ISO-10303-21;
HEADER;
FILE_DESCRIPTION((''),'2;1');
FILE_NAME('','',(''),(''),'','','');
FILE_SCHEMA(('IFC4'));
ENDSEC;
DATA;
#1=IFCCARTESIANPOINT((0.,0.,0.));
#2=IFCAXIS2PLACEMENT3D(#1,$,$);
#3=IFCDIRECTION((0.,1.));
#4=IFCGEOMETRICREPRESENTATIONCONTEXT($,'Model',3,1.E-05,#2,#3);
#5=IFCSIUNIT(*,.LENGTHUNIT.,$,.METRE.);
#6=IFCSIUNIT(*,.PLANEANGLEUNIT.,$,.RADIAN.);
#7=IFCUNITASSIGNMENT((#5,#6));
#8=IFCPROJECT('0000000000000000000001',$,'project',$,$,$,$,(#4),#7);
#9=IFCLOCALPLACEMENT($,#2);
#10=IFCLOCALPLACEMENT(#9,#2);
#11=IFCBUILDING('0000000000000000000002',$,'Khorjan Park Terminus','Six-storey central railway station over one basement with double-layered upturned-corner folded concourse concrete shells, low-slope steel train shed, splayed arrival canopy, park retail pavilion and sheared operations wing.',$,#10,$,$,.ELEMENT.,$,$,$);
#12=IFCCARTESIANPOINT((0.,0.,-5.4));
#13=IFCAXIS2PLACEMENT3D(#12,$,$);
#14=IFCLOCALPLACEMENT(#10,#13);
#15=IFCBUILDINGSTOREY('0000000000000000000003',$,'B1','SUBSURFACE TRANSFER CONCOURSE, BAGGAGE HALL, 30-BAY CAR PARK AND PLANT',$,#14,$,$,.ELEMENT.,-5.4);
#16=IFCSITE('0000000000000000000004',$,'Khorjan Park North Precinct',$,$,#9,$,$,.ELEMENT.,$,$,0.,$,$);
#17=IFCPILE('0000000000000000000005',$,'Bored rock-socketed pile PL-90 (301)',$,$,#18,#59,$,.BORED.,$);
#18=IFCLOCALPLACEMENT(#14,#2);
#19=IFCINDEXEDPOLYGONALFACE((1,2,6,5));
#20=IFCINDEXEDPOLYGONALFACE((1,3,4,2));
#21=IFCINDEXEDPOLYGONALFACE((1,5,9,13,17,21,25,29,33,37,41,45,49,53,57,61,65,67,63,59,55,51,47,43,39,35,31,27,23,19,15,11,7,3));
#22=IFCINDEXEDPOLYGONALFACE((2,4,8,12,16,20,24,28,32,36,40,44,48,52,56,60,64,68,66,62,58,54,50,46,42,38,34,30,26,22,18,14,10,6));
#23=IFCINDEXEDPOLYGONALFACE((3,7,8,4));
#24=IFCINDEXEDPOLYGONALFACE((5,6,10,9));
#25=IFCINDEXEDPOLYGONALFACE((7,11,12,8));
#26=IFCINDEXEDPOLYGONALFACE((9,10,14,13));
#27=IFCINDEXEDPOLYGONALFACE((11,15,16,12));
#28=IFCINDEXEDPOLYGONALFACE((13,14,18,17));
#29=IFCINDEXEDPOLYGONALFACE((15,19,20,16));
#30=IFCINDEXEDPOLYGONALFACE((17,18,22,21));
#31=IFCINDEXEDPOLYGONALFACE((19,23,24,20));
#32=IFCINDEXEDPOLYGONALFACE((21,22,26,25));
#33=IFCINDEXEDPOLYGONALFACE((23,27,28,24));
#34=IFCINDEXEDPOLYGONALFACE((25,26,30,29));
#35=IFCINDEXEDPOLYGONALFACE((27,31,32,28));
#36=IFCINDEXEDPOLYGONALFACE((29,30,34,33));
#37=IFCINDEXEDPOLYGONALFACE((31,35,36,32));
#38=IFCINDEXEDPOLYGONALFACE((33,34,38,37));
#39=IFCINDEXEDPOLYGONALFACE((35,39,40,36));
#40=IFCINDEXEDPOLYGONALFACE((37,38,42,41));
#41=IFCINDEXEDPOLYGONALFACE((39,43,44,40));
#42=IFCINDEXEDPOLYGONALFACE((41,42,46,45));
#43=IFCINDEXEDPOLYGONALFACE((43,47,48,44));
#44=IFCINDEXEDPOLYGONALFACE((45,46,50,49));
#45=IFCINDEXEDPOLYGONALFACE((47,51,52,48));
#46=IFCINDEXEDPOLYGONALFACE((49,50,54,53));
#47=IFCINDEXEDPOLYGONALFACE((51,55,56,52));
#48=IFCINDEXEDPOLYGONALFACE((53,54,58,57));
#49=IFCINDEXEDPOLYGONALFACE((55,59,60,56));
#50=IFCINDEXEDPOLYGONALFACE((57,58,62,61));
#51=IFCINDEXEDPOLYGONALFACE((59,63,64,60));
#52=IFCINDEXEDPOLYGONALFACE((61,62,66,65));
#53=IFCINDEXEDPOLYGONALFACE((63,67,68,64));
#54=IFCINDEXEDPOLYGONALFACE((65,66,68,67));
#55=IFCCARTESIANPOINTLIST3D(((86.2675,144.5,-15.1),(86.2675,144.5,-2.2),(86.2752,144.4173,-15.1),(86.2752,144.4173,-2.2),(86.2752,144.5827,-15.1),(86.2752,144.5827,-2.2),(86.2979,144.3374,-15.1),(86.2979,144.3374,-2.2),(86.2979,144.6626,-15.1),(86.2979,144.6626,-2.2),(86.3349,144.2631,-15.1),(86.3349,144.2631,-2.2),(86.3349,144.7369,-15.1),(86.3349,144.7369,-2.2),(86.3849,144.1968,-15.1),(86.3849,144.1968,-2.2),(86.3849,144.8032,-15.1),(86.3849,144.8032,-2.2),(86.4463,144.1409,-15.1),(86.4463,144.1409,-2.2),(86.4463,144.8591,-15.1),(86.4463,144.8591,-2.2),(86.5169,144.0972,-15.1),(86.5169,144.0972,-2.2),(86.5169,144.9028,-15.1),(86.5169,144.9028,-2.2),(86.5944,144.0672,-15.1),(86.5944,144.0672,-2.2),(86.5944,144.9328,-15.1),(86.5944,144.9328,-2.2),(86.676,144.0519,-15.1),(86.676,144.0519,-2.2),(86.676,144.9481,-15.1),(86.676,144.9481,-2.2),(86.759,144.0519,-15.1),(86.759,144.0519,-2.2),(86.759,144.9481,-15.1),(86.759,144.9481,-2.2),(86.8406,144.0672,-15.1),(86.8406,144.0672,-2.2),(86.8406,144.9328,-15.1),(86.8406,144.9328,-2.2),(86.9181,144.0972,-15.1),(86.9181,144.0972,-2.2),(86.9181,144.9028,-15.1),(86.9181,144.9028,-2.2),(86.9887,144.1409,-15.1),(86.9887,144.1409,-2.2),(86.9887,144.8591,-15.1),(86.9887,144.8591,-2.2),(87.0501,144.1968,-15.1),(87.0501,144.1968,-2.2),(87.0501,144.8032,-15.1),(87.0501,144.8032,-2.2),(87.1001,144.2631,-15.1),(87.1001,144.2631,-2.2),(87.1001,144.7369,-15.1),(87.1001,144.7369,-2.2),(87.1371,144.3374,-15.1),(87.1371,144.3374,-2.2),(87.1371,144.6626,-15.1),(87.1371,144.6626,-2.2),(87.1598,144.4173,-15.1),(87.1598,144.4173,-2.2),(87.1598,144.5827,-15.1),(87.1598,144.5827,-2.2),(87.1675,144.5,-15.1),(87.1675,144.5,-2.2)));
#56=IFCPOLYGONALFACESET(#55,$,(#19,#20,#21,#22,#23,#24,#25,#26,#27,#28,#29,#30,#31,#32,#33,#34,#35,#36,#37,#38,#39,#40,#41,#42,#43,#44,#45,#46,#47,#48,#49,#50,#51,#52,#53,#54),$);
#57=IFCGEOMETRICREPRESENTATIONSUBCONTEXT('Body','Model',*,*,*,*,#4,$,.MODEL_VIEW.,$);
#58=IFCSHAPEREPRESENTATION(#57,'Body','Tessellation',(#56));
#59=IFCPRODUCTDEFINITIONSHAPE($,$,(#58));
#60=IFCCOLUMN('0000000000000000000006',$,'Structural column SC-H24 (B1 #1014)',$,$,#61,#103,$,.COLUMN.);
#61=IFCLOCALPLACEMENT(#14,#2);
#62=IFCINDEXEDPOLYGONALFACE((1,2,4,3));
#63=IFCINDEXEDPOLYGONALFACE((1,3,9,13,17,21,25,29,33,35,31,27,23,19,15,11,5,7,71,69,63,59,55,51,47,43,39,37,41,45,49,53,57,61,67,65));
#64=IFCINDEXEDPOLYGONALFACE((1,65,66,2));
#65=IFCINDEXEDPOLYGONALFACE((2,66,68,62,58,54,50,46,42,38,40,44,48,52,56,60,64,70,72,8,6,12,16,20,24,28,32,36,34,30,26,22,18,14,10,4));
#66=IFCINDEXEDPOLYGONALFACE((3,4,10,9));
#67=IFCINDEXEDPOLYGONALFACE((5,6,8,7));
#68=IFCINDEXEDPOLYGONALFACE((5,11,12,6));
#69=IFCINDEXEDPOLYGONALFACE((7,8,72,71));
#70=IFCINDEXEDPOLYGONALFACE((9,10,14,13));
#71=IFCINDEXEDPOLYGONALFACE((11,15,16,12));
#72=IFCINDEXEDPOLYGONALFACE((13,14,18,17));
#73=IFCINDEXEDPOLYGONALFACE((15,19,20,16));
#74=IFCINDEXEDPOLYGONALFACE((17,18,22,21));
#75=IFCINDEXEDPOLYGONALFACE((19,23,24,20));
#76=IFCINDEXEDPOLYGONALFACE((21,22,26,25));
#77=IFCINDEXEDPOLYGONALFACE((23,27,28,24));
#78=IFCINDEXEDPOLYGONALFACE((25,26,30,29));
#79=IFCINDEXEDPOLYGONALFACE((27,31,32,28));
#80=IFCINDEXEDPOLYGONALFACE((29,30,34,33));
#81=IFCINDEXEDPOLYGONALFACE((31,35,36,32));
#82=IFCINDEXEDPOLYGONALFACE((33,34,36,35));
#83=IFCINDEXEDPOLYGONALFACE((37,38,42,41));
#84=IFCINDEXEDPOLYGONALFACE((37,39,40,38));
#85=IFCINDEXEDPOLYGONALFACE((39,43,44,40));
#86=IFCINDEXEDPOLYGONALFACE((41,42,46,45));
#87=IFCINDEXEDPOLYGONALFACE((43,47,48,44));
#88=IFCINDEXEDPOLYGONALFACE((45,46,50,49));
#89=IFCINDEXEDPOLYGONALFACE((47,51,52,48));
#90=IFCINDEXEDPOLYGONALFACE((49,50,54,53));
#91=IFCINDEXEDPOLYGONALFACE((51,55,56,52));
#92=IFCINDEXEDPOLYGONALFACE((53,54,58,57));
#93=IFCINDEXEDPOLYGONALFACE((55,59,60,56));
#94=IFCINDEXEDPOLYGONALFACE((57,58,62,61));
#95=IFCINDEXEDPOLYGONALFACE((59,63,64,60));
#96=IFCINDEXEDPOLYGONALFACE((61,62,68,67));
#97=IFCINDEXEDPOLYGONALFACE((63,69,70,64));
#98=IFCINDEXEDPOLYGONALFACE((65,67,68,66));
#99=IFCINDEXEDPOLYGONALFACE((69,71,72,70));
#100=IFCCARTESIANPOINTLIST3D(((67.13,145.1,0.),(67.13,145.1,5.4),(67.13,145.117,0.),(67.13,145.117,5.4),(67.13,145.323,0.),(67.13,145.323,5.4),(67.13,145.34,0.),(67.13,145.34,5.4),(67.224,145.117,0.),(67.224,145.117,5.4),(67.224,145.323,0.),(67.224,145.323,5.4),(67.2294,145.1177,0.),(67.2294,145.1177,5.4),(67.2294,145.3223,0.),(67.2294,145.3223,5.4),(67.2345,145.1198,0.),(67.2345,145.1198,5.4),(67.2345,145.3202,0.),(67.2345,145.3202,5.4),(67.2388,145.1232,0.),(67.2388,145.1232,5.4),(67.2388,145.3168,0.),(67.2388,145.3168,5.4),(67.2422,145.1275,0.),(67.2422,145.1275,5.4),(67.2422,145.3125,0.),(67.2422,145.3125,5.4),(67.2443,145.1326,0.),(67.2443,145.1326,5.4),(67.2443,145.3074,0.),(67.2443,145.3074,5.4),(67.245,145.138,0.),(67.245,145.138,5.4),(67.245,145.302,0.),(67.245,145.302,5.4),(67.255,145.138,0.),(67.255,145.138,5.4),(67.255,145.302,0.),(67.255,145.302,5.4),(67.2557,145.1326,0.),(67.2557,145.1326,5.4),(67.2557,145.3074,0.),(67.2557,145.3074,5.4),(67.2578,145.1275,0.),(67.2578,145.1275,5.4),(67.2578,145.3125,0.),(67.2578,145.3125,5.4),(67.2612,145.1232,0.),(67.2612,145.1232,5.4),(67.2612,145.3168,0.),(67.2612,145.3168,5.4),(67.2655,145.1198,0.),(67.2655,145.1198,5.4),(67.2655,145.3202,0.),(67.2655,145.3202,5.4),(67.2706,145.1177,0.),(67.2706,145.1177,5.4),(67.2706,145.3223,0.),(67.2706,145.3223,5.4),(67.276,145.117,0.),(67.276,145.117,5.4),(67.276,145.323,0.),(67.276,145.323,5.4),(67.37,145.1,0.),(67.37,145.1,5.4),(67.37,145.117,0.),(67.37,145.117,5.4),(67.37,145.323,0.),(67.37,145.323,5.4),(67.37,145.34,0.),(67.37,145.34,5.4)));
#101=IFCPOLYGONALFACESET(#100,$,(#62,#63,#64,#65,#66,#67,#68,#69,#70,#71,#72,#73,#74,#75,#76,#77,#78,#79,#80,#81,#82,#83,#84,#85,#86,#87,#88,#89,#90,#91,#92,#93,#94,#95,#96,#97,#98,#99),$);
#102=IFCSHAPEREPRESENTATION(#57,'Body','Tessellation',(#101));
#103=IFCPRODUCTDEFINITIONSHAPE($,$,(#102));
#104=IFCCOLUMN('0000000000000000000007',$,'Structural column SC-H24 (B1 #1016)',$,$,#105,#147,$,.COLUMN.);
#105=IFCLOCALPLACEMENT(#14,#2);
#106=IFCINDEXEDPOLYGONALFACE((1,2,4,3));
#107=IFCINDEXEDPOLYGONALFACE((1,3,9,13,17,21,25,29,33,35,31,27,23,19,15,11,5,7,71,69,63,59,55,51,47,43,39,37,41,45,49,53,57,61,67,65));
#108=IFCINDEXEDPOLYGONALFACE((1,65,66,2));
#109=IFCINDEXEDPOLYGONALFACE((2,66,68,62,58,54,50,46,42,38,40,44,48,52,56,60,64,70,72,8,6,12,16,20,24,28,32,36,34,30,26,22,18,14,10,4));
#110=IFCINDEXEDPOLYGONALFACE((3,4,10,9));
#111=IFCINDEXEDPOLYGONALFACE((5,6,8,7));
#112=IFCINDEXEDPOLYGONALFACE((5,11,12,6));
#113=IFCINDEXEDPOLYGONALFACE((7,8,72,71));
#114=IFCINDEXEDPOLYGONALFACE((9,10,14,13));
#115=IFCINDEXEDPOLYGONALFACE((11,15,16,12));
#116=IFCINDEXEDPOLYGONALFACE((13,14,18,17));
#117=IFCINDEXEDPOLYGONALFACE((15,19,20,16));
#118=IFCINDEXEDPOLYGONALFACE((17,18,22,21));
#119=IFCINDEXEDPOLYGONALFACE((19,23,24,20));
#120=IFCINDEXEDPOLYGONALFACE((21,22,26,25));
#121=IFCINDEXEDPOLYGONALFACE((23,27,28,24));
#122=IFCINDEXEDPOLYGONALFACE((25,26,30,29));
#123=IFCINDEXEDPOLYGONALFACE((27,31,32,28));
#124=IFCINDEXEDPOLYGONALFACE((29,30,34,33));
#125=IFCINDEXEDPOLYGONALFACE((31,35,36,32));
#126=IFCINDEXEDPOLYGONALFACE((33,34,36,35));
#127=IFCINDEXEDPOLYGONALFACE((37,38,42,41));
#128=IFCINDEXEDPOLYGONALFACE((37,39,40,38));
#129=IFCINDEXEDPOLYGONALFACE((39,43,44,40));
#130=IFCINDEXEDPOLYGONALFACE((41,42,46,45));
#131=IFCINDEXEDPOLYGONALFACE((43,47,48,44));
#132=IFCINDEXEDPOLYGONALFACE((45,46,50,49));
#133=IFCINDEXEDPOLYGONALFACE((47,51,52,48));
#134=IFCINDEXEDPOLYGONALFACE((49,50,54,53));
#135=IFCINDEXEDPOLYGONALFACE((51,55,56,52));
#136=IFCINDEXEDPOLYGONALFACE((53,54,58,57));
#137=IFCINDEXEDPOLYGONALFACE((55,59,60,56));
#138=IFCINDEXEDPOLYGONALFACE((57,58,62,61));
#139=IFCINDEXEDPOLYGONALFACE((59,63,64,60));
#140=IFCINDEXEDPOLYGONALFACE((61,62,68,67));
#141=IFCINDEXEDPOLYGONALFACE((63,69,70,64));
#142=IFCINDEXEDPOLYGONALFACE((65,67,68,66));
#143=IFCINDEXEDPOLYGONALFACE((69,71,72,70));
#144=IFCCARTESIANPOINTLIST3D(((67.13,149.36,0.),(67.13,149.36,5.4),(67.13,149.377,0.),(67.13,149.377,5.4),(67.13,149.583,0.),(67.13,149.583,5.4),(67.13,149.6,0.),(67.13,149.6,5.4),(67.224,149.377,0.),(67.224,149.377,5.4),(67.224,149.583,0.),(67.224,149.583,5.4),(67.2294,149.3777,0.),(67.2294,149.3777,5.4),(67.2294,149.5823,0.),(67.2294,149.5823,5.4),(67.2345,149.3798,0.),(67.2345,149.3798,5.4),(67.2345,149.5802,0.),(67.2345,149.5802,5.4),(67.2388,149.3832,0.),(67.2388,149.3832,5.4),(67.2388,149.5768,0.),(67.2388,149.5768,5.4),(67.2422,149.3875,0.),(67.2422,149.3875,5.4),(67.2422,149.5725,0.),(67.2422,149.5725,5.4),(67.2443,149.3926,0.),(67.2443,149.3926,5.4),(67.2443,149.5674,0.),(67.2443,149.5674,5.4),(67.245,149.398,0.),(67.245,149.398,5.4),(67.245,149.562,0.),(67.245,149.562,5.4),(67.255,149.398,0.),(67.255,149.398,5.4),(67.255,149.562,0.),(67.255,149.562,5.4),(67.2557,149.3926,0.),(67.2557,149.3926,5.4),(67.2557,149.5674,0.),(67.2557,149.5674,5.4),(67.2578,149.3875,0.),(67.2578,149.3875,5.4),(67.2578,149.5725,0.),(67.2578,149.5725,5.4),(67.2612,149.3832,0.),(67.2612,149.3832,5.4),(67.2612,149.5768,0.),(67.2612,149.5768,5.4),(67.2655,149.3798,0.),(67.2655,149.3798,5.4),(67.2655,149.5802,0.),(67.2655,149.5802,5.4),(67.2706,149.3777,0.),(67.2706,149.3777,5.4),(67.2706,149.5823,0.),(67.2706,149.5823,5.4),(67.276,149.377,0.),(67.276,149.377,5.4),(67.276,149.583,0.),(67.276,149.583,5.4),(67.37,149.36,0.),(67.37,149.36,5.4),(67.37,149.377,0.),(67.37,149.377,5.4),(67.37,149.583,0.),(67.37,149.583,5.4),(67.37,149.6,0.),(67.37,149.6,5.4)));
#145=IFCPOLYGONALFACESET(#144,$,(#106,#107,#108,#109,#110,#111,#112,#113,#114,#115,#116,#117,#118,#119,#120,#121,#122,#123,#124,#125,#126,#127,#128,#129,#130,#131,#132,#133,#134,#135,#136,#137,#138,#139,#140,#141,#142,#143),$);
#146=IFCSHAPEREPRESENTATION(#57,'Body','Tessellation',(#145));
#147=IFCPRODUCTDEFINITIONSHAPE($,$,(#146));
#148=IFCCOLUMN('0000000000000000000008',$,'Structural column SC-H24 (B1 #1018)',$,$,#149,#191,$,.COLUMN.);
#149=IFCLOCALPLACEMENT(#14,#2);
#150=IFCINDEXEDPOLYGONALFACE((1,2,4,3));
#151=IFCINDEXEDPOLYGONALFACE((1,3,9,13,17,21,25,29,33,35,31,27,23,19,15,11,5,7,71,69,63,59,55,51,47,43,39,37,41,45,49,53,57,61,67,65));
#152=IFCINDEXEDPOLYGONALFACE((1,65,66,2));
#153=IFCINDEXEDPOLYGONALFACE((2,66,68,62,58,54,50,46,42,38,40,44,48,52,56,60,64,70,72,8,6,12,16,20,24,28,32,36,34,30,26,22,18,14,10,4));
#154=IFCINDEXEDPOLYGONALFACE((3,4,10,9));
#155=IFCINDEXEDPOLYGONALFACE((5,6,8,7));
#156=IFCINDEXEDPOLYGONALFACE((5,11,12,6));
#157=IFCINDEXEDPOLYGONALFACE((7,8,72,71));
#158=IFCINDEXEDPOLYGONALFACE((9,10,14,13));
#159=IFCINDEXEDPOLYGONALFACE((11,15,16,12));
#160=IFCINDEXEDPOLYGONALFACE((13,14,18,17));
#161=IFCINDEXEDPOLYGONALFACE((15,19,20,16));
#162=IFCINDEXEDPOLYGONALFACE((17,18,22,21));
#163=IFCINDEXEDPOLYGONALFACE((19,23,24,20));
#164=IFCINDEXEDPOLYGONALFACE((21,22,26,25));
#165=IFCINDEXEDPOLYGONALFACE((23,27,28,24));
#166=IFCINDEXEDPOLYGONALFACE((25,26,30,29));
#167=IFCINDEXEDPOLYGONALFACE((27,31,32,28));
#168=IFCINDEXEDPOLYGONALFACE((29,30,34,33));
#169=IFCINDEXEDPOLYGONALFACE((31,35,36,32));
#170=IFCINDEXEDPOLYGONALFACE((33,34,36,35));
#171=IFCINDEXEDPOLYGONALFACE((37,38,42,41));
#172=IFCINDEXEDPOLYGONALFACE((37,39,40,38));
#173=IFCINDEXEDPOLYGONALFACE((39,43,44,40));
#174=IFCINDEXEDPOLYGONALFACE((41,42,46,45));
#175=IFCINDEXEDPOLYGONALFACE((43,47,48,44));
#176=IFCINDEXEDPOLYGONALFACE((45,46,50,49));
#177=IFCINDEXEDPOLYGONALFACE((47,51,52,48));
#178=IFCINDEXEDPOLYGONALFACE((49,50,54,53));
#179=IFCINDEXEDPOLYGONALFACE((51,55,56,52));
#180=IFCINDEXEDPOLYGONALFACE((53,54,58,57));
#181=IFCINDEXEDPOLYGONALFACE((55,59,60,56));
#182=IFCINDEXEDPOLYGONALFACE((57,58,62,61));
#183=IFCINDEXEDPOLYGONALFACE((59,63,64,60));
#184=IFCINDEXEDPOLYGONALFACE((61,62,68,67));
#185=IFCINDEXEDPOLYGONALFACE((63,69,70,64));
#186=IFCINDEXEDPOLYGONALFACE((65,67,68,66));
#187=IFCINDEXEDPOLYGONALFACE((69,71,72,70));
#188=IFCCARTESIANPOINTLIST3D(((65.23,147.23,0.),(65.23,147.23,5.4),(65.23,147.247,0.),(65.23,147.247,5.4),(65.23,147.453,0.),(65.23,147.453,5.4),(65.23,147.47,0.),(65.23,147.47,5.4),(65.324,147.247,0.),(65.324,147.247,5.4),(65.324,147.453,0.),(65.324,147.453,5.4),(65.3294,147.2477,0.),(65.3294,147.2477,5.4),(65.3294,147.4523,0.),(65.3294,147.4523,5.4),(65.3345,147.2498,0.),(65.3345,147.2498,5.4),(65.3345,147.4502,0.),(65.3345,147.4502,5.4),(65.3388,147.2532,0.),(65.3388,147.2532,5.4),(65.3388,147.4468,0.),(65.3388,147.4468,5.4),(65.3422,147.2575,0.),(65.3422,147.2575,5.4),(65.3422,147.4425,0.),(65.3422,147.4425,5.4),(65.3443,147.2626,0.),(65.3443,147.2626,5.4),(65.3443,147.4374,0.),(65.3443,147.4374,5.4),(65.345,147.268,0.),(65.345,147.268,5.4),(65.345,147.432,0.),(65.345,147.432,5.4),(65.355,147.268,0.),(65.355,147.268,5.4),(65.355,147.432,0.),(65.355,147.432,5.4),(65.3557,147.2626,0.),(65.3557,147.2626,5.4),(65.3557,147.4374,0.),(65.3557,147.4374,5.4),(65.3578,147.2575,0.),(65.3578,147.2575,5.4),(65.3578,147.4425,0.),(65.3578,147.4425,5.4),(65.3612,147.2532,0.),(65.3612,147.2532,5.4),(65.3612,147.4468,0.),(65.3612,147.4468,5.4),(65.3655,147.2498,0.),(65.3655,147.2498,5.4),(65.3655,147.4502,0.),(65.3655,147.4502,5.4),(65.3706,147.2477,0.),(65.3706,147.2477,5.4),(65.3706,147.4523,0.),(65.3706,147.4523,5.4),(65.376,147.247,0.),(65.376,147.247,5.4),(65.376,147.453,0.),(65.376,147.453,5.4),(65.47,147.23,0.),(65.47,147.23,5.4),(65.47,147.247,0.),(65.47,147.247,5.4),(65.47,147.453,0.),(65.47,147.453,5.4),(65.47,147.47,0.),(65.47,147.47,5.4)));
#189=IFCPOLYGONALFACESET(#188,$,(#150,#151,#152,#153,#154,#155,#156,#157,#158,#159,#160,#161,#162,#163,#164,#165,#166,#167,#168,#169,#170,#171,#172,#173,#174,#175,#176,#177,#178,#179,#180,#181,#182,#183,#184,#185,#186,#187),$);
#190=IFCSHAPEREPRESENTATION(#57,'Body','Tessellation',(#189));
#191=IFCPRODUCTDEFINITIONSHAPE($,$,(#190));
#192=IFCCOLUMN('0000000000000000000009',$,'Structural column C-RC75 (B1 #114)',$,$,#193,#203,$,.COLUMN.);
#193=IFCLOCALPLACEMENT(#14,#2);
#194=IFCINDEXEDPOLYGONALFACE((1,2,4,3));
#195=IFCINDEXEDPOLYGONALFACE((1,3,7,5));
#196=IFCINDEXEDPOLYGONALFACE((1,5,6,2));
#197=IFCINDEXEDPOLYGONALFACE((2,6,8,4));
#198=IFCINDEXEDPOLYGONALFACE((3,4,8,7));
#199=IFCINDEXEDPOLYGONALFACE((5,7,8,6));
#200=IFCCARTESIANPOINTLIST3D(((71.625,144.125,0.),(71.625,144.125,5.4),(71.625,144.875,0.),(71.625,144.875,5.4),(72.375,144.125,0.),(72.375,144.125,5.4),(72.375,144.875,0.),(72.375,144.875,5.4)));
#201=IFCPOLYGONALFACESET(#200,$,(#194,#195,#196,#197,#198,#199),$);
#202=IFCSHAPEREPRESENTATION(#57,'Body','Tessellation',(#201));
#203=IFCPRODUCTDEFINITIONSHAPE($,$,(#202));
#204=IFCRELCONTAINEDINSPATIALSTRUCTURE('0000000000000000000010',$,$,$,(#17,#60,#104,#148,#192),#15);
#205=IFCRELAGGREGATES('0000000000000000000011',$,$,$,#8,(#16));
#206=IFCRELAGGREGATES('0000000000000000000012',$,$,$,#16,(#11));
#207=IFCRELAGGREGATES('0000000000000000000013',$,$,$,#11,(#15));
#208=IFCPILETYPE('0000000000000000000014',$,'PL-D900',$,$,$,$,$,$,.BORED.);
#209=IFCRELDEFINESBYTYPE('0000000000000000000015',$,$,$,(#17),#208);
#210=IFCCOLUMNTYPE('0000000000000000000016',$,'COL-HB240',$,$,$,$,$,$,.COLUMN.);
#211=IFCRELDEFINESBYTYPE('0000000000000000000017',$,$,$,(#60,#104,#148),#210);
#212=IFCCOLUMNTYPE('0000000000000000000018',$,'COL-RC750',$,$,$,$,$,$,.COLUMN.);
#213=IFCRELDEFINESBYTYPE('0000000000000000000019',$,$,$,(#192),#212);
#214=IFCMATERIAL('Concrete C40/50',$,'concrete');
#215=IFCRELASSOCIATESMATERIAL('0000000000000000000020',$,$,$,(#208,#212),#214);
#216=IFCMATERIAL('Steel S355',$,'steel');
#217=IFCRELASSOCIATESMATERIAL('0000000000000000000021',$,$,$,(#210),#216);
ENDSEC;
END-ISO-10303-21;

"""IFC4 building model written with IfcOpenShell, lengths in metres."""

from ifc_helpers import new_model, si_unit, direction, frame, origin, origin_2d, place, context, subcontext, project, spatial, rectangle, circle, i_section, extrude, material, material_profile, profile_set, type_object, element, save


model = new_model("IFC4")

# Units and contexts
model_context = context("Model", 3, precision=1e-05, world=origin(), true_north=direction((0.0, 1.0)))
body_context = subcontext(model_context, "Body", "Model", "MODEL_VIEW")
ifc_project = project(units=[si_unit("LENGTHUNIT", "METRE"), si_unit("PLANEANGLEUNIT", "RADIAN")], contexts=[model_context])

# Site, building, storey
site_placement = place(None, origin())
site = spatial("IfcSite", under=ifc_project, at=site_placement, Name="Khorjan Park North Precinct", CompositionType="ELEMENT", RefElevation=0.0)
building_placement = place(site_placement, origin())
building = spatial("IfcBuilding", under=site, at=building_placement, Name="Khorjan Park Terminus", Description="Six-storey central railway station over one basement with double-layered upturned-corner folded concourse concrete shells, low-slope steel train shed, splayed arrival canopy, park retail pavilion and sheared operations wing.", CompositionType="ELEMENT")
storey_placement = place(building_placement, frame((0.0, 0.0, -5.4)))
storey = spatial("IfcBuildingStorey", under=building, at=storey_placement, Name="B1", Description="SUBSURFACE TRANSFER CONCOURSE, BAGGAGE HALL, 30-BAY CAR PARK AND PLANT", CompositionType="ELEMENT", Elevation=-5.4)

# Shared definitions
ifc_material_1 = material(Name="Concrete C40/50", Category="concrete")

# Pile
ifc_material_profile_1 = material_profile(ifc_material_1, circle(Radius=0.45, at=origin_2d()), Name="BORED D900")
ifc_profile_set_1 = profile_set([ifc_material_profile_1], Name="Concrete C40/50")
pile_type_1 = type_object("IfcPileType", Name="PL-D900", PredefinedType="BORED", material=ifc_profile_set_1)
for number, where, z_axis, x_axis, name in (
    (1, (86.7175, 144.5, -2.2), (0.0, 0.0, -1.0), (1.0, 0.0, 0.0), "Bored rock-socketed pile PL-90 (301)"),
):
    element("IfcPile", number, at=place(storey_placement, frame(where, z_axis=z_axis, x_axis=x_axis)), inside=storey, type_object=pile_type_1, Name=name, PredefinedType="BORED", context=body_context, shape_type="SweptSolid", body=[
        extrude(circle(Radius=0.45, at=origin_2d()), origin(), (0.0, 0.0, 1.0), 12.9),
    ])

# Columns
ifc_material_2 = material(Name="Steel S355", Category="steel")
ifc_material_profile_2 = material_profile(ifc_material_2, i_section(OverallWidth=0.24, OverallDepth=0.24, WebThickness=0.01, FlangeThickness=0.017, FilletRadius=0.021, at=origin_2d()), Name="HEB 240")
ifc_profile_set_2 = profile_set([ifc_material_profile_2], Name="Steel S355")
column_type_1 = type_object("IfcColumnType", Name="COL-HB240", PredefinedType="COLUMN", material=ifc_profile_set_2)
for number, where, z_axis, x_axis, name in (
    (2, (67.25, 145.22, 0.0), (0.0, 0.0, 1.0), (1.0, 0.0, 0.0), "Structural column SC-H24 (B1 #1014)"),
    (3, (67.25, 149.48, 0.0), (0.0, 0.0, 1.0), (1.0, 0.0, 0.0), "Structural column SC-H24 (B1 #1016)"),
    (4, (65.35, 147.35, 0.0), (0.0, 0.0, 1.0), (1.0, 0.0, 0.0), "Structural column SC-H24 (B1 #1018)"),
):
    element("IfcColumn", number, at=place(storey_placement, frame(where, z_axis=z_axis, x_axis=x_axis)), inside=storey, type_object=column_type_1, Name=name, PredefinedType="COLUMN", context=body_context, shape_type="SweptSolid", body=[
        extrude(i_section(OverallWidth=0.24, OverallDepth=0.24, WebThickness=0.01, FlangeThickness=0.017, FilletRadius=0.021, at=origin_2d()), origin(), (0.0, 0.0, 1.0), 5.4),
    ])
ifc_material_profile_3 = material_profile(ifc_material_1, rectangle(XDim=0.75, YDim=0.75, at=origin_2d()), Name="RC 750x750")
ifc_profile_set_3 = profile_set([ifc_material_profile_3], Name="Concrete C40/50")
column_type_2 = type_object("IfcColumnType", Name="COL-RC750", PredefinedType="COLUMN", material=ifc_profile_set_3)
column_1_placement = place(storey_placement, frame((72.0, 144.5, 0.0), z_axis=(0.0, 0.0, 1.0), x_axis=(1.0, 0.0, 0.0)))
element("IfcColumn", 5, at=column_1_placement, inside=storey, type_object=column_type_2, Name="Structural column C-RC75 (B1 #114)", PredefinedType="COLUMN", context=body_context, shape_type="SweptSolid", body=[
    extrude(rectangle(XDim=0.75, YDim=0.75, at=origin_2d()), origin(), (0.0, 0.0, 1.0), 5.4),
])

save(model, "model.ifc")
